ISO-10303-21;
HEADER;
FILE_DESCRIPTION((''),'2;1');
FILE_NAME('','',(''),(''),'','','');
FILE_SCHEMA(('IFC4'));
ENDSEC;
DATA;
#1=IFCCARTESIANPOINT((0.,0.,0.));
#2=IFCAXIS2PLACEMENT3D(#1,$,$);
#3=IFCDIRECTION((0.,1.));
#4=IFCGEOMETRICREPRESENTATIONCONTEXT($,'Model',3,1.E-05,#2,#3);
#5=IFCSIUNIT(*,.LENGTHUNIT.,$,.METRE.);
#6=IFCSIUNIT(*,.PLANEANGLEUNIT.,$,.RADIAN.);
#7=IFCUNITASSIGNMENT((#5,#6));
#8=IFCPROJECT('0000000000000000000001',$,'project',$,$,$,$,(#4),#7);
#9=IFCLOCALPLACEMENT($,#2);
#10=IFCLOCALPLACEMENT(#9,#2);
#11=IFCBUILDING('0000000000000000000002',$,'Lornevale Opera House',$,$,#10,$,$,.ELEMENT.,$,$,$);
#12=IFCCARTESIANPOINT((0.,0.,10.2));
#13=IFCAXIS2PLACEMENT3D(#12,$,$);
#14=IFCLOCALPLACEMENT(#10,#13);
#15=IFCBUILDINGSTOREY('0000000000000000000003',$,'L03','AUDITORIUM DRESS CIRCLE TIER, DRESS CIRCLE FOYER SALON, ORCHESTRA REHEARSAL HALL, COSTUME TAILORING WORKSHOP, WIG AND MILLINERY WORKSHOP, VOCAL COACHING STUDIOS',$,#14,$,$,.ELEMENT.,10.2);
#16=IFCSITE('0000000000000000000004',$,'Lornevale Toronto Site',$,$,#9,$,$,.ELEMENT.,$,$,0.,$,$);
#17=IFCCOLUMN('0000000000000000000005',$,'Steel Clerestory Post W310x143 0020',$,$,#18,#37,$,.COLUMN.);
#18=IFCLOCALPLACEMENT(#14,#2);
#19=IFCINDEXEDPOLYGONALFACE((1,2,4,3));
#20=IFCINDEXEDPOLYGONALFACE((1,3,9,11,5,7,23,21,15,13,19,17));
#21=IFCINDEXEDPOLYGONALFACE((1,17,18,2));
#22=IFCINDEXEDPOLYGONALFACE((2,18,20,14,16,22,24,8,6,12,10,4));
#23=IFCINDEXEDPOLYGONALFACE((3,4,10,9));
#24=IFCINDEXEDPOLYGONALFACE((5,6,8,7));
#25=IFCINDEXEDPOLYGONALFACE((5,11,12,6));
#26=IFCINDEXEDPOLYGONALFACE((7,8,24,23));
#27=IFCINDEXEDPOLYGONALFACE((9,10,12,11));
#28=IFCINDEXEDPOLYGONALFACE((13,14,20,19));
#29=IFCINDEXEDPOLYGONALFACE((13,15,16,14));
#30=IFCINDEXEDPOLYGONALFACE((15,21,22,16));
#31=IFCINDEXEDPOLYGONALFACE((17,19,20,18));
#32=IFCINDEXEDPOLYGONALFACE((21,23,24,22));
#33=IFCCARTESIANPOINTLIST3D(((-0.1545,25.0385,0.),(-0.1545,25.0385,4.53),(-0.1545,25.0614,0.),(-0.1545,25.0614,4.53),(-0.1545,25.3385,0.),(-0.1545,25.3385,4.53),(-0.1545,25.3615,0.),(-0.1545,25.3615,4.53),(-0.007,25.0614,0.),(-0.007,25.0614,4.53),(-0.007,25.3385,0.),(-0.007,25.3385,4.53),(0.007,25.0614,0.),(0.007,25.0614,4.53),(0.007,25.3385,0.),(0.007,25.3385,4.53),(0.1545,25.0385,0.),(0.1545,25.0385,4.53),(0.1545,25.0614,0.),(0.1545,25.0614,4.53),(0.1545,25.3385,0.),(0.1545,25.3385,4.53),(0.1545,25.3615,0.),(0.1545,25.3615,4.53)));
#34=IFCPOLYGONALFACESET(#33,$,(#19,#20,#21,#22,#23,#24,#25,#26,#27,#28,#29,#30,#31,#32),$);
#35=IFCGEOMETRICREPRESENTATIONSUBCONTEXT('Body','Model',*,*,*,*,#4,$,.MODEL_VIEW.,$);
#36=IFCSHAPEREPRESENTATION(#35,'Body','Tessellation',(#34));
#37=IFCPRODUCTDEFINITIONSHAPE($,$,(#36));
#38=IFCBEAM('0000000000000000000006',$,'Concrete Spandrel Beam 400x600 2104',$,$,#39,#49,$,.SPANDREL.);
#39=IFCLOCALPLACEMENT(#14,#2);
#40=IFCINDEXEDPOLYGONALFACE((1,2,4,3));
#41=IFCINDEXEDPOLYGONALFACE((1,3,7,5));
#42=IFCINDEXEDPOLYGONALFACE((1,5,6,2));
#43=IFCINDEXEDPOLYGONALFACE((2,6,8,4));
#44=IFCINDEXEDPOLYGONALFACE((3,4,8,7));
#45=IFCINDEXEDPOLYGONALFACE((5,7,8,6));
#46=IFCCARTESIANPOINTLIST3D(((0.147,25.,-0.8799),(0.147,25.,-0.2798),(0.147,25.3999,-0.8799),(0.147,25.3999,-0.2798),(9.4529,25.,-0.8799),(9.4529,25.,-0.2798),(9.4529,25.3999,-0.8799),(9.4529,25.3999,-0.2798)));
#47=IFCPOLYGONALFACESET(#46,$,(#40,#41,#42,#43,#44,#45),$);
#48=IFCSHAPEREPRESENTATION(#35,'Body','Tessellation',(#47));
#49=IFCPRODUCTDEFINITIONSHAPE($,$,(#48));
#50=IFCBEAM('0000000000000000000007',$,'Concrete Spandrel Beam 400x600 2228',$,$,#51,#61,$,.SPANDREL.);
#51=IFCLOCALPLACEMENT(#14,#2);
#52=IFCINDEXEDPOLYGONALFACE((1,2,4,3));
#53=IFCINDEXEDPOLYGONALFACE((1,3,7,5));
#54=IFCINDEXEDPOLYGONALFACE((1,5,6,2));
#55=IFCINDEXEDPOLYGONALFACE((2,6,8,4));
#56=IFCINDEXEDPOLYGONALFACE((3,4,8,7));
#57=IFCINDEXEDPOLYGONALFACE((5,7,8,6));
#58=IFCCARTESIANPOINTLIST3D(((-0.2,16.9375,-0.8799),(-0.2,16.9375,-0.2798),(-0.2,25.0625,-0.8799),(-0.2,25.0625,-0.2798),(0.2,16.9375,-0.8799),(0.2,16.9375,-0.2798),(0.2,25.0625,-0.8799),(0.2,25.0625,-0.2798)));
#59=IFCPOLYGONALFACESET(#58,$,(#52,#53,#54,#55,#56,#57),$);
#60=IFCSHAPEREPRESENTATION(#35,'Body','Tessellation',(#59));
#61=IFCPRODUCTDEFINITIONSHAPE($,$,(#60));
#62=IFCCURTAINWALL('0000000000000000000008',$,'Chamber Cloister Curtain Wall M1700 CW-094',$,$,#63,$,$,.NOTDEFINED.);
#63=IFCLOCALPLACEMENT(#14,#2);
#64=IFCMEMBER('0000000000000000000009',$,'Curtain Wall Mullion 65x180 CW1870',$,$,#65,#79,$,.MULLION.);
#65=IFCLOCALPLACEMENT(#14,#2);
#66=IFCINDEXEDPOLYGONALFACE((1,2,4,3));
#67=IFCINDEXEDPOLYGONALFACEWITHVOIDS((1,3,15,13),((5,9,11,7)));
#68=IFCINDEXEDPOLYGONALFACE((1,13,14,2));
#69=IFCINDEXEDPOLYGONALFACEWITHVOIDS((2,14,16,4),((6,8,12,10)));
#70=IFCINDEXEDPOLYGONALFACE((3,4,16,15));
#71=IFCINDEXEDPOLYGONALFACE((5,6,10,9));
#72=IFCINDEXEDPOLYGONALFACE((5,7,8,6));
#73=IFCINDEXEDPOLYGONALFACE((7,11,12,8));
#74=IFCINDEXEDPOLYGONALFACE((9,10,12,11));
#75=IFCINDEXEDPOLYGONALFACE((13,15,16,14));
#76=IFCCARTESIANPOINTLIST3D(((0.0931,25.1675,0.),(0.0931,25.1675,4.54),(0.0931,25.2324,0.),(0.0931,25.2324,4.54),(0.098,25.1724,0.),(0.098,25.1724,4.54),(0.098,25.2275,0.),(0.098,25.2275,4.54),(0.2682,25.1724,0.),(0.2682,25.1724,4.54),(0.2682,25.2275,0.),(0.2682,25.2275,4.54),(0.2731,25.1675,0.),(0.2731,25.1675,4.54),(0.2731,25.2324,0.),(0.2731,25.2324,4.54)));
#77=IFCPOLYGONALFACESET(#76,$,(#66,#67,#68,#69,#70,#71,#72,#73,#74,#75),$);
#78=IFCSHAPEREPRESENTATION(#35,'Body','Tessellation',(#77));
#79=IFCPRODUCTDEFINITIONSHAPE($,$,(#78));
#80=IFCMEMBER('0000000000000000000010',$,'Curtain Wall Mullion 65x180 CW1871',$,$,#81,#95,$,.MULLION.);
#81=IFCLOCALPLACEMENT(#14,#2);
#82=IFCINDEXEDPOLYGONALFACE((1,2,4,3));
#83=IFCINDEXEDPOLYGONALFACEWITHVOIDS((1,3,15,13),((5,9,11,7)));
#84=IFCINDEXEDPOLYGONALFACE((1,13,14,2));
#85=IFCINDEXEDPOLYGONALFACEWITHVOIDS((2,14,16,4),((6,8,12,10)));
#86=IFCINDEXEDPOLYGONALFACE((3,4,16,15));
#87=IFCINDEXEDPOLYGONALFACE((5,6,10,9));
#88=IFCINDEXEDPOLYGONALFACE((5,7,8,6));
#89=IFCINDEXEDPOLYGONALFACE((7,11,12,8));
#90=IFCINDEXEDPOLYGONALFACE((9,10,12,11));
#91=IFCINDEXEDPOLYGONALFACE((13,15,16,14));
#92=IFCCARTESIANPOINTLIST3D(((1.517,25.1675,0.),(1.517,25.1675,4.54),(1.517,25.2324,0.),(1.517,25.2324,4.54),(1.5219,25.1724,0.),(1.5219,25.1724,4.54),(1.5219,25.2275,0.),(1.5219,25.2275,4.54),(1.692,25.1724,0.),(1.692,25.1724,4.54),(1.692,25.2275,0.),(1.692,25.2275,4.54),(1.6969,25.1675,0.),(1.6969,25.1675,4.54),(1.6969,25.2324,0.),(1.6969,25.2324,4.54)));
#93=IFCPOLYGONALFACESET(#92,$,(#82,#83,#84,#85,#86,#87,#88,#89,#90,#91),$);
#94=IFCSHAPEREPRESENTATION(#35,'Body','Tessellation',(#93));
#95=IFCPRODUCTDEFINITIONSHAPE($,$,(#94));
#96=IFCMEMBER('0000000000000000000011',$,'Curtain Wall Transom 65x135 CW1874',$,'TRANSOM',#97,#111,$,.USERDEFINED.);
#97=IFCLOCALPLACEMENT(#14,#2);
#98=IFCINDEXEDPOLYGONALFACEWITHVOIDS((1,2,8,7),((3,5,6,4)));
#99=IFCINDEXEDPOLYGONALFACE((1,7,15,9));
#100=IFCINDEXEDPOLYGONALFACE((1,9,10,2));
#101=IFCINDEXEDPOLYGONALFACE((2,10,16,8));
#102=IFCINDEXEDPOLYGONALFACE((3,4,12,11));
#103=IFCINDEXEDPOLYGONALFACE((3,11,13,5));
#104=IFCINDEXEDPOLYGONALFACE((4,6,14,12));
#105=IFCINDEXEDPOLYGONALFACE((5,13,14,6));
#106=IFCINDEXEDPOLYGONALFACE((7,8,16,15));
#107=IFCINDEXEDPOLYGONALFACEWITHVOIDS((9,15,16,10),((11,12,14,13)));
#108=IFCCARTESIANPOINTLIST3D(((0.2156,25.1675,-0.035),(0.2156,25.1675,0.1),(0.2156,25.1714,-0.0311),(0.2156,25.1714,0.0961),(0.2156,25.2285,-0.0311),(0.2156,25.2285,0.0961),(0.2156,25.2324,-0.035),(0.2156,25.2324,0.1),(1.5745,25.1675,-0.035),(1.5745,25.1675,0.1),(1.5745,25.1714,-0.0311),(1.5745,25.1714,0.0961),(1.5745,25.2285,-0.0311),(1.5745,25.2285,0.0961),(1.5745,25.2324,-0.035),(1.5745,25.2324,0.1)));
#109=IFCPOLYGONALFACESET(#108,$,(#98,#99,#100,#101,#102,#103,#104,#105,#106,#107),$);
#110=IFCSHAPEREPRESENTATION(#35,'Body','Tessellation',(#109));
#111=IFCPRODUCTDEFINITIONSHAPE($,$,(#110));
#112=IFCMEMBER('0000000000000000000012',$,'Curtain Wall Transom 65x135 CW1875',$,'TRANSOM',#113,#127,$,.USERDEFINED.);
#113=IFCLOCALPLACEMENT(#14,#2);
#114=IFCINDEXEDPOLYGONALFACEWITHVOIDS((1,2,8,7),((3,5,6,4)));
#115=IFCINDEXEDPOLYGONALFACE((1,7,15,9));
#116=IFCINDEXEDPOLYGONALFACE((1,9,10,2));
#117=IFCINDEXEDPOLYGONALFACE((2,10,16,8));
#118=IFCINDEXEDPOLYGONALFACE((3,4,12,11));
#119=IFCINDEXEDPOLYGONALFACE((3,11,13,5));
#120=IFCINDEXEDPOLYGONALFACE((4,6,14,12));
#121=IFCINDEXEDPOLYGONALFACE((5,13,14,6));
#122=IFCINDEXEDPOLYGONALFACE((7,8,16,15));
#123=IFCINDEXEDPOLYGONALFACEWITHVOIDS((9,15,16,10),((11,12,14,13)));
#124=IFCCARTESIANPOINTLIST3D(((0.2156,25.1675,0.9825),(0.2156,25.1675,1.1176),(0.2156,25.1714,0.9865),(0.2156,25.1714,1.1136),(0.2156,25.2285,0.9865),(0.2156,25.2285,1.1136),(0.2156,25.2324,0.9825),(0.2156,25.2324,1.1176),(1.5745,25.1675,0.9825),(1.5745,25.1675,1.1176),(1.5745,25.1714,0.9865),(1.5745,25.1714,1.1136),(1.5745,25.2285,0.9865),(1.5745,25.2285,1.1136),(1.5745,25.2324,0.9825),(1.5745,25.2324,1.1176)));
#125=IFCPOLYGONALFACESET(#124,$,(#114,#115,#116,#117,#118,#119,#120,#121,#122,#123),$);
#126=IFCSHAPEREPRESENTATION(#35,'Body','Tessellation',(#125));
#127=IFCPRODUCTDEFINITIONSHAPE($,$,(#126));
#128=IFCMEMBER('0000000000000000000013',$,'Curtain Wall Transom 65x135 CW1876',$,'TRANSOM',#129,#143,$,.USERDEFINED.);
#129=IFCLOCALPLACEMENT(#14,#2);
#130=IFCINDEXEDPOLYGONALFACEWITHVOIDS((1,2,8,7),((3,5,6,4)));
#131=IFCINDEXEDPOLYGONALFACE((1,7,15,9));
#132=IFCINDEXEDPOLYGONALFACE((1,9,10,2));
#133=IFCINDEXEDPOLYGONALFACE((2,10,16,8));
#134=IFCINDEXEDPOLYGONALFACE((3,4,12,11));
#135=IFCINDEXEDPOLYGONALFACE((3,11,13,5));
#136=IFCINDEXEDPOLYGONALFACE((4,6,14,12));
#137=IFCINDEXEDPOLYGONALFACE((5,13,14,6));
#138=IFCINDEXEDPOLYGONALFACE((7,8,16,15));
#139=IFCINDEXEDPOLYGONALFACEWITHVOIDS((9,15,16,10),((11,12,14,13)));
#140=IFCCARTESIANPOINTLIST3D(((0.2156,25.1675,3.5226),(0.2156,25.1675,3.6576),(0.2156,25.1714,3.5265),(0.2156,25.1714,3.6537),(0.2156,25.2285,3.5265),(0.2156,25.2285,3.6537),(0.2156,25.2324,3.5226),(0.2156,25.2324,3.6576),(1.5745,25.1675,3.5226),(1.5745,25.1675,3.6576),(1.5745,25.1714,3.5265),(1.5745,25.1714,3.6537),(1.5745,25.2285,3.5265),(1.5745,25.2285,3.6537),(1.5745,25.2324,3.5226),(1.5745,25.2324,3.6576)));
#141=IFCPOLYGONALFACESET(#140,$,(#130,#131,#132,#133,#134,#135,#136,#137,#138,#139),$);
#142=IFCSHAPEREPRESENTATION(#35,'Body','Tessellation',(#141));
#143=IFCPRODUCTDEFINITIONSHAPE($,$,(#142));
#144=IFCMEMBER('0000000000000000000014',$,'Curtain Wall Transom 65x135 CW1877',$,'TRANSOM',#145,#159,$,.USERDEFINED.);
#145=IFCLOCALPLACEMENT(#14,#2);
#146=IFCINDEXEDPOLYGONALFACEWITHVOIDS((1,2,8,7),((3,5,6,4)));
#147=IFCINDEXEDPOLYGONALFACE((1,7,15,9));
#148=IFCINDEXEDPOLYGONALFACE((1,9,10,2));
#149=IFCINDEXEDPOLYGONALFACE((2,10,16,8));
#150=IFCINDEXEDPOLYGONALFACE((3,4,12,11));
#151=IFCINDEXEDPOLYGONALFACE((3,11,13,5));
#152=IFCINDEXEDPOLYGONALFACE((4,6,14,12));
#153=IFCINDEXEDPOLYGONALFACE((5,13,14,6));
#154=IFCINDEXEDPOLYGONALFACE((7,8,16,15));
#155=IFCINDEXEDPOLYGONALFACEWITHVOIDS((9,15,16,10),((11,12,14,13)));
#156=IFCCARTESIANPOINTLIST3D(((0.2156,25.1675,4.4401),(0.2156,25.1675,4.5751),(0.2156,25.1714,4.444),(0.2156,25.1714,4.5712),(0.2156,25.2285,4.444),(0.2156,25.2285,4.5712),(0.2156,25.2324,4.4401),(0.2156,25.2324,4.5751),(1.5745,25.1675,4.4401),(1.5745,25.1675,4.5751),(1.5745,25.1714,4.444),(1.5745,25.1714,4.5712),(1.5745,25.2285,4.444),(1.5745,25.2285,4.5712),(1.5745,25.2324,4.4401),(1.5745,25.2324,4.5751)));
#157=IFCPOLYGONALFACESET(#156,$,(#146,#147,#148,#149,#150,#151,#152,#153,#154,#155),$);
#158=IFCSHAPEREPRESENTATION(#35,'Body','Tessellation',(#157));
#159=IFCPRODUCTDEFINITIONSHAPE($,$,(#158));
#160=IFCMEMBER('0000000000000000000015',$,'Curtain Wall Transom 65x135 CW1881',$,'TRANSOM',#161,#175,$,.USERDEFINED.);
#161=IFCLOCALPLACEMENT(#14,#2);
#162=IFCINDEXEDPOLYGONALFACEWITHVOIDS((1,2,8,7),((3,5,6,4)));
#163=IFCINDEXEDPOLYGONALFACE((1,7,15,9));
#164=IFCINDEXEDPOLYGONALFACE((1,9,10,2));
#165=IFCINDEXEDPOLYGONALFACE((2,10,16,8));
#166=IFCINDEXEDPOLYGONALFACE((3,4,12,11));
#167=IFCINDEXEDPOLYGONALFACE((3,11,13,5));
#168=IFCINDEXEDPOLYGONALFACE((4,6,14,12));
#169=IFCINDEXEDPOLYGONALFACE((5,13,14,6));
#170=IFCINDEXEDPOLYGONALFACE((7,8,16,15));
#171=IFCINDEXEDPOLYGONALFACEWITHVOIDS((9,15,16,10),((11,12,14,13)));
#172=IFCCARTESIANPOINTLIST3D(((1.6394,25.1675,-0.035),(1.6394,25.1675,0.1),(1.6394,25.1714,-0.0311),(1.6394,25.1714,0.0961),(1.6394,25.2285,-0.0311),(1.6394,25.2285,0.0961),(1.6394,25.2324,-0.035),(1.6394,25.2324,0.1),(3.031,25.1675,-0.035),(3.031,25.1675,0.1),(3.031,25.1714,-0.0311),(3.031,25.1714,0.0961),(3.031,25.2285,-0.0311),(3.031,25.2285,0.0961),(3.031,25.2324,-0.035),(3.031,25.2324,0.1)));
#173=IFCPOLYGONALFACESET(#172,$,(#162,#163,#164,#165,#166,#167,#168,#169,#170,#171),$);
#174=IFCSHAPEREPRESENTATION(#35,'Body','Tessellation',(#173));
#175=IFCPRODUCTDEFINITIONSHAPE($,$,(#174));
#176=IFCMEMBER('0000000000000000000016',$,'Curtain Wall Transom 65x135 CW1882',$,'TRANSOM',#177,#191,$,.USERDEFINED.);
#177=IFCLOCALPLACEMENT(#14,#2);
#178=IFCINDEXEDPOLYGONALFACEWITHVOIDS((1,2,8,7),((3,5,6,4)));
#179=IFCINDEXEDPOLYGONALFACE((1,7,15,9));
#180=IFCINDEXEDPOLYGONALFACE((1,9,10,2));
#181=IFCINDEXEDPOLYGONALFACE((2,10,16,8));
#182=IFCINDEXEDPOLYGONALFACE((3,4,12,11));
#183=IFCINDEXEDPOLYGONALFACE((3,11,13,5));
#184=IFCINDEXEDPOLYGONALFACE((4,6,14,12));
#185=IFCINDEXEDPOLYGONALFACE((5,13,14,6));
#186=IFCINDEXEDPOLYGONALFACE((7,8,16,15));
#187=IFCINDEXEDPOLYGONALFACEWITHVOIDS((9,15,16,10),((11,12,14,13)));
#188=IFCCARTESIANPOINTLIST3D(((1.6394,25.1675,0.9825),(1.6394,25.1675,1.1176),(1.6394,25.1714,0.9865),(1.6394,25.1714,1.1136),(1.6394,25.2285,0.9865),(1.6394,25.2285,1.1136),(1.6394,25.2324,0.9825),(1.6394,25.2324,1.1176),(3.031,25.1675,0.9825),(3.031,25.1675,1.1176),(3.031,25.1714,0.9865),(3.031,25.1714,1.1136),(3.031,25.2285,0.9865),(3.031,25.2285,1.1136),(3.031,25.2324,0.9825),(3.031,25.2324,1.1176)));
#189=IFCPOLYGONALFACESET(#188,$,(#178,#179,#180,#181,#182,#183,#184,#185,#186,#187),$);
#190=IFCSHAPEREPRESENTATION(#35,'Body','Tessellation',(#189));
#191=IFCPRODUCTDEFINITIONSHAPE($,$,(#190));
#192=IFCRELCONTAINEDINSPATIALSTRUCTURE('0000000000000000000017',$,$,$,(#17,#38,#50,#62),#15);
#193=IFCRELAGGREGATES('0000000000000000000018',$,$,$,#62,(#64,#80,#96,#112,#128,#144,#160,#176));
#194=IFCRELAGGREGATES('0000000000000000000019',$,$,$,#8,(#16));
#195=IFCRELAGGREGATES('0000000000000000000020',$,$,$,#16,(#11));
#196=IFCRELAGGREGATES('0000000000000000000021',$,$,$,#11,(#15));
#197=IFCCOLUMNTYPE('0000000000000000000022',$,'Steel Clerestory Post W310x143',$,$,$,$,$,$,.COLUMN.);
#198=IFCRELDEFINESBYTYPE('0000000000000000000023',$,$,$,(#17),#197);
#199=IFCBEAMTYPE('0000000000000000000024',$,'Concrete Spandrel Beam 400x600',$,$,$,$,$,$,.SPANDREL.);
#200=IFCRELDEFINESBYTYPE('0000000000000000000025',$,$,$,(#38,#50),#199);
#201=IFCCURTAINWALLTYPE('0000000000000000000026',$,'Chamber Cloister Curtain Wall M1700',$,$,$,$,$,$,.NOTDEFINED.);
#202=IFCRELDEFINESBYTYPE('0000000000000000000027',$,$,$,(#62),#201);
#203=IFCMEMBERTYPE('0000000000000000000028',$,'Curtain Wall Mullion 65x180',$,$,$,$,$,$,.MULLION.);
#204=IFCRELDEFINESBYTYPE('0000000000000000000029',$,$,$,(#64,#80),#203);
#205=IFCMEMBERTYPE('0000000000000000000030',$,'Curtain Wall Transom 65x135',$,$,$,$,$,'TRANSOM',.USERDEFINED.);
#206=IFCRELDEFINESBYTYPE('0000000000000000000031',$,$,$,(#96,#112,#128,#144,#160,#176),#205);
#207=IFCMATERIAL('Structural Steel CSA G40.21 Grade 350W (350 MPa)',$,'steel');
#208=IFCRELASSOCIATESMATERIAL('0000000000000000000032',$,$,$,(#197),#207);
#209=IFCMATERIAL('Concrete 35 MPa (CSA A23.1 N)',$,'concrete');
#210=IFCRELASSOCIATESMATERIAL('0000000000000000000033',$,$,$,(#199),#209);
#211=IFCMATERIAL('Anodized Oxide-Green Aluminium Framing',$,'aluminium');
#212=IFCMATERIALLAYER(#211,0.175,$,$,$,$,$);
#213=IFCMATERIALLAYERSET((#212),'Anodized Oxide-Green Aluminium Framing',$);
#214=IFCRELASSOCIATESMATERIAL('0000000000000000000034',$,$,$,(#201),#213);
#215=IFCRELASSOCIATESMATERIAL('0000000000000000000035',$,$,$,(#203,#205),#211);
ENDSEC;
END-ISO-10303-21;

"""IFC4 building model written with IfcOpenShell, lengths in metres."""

from ifc_helpers import new_model, si_unit, direction, frame, origin, origin_2d, place, context, subcontext, project, spatial, rectangle, hollow_rectangle, i_section, extrude, material, layer, layer_set, material_profile, profile_set, type_object, element, aggregate, save


model = new_model("IFC4")

# Units and contexts
model_context = context("Model", 3, precision=1e-05, world=origin(), true_north=direction((0.0, 1.0)))
body_context = subcontext(model_context, "Body", "Model", "MODEL_VIEW")
ifc_project = project(units=[si_unit("LENGTHUNIT", "METRE"), si_unit("PLANEANGLEUNIT", "RADIAN")], contexts=[model_context])

# Site, building, storey
site_placement = place(None, origin())
site = spatial("IfcSite", under=ifc_project, at=site_placement, Name="Lornevale Toronto Site", CompositionType="ELEMENT", RefElevation=0.0)
building_placement = place(site_placement, origin())
building = spatial("IfcBuilding", under=site, at=building_placement, Name="Lornevale Opera House", CompositionType="ELEMENT")
storey_placement = place(building_placement, frame((0.0, 0.0, 10.2)))
storey = spatial("IfcBuildingStorey", under=building, at=storey_placement, Name="L03", Description="AUDITORIUM DRESS CIRCLE TIER, DRESS CIRCLE FOYER SALON, ORCHESTRA REHEARSAL HALL, COSTUME TAILORING WORKSHOP, WIG AND MILLINERY WORKSHOP, VOCAL COACHING STUDIOS", CompositionType="ELEMENT", Elevation=10.2)

# Column
ifc_material_1 = material(Name="Structural Steel CSA G40.21 Grade 350W (350 MPa)", Category="steel")
ifc_material_profile_1 = material_profile(ifc_material_1, i_section(OverallWidth=0.3091, OverallDepth=0.323, WebThickness=0.0139, FlangeThickness=0.0229, at=origin_2d()), Name="W310x143")
ifc_profile_set_1 = profile_set([ifc_material_profile_1], Name="Structural Steel CSA G40.21 Grade 350W (350 MPa)")
column_type = type_object("IfcColumnType", Name="Steel Clerestory Post W310x143", PredefinedType="COLUMN", material=ifc_profile_set_1)
column_placement = place(storey_placement, frame((0.0, 25.2, 0.0), z_axis=(0.0, 0.0, 1.0), x_axis=(1.0, 0.0, 0.0)))
element("IfcColumn", 1, at=column_placement, inside=storey, type_object=column_type, Name="Steel Clerestory Post W310x143 0020", PredefinedType="COLUMN", context=body_context, shape_type="SweptSolid", body=[
    extrude(i_section(OverallWidth=0.3091, OverallDepth=0.323, WebThickness=0.0139, FlangeThickness=0.0229, at=origin_2d()), origin(), (0.0, 0.0, 1.0), 4.53),
])

# Beams
ifc_material_2 = material(Name="Concrete 35 MPa (CSA A23.1 N)", Category="concrete")
ifc_material_profile_2 = material_profile(ifc_material_2, rectangle(XDim=0.3999, YDim=0.6001, at=origin_2d()), Name="RC400x600")
ifc_profile_set_2 = profile_set([ifc_material_profile_2], Name="Concrete 35 MPa (CSA A23.1 N)")
beam_type_1 = type_object("IfcBeamType", Name="Concrete Spandrel Beam 400x600", PredefinedType="SPANDREL", material=ifc_profile_set_2)
beam_1_placement = place(storey_placement, frame((0.147, 25.2, -0.5798), z_axis=(1.0, 0.0, 0.0), x_axis=(0.0, 1.0, 0.0)))
element("IfcBeam", 2, at=beam_1_placement, inside=storey, type_object=beam_type_1, Name="Concrete Spandrel Beam 400x600 2104", PredefinedType="SPANDREL", context=body_context, shape_type="SweptSolid", body=[
    extrude(rectangle(XDim=0.3999, YDim=0.6001, at=origin_2d()), origin(), (0.0, 0.0, 1.0), 9.3059),
])
beam_2_placement = place(storey_placement, frame((0.0, 16.9375, -0.5798), z_axis=(0.0, 1.0, 0.0), x_axis=(-1.0, 0.0, 0.0)))
element("IfcBeam", 3, at=beam_2_placement, inside=storey, type_object=beam_type_1, Name="Concrete Spandrel Beam 400x600 2228", PredefinedType="SPANDREL", context=body_context, shape_type="SweptSolid", body=[
    extrude(rectangle(XDim=0.3999, YDim=0.6001, at=origin_2d()), origin(), (0.0, 0.0, 1.0), 8.125),
])

# Curtain wall, members
ifc_material_3 = material(Name="Anodized Oxide-Green Aluminium Framing", Category="aluminium")
ifc_layer_1 = layer(ifc_material_3, 0.175)
ifc_layer_set_1 = layer_set([ifc_layer_1], Name="Anodized Oxide-Green Aluminium Framing")
curtain_wall_type = type_object("IfcCurtainWallType", Name="Chamber Cloister Curtain Wall M1700", PredefinedType="NOTDEFINED", material=ifc_layer_set_1)
curtain_wall_placement = place(storey_placement, origin())
curtain_wall = element("IfcCurtainWall", 4, at=curtain_wall_placement, inside=storey, type_object=curtain_wall_type, Name="Chamber Cloister Curtain Wall M1700 CW-094", PredefinedType="NOTDEFINED")
ifc_material_profile_3 = material_profile(ifc_material_3, hollow_rectangle(XDim=0.0649, YDim=0.1799, WallThickness=0.0049, at=origin_2d()), Name="ALU65x180x5")
ifc_profile_set_3 = profile_set([ifc_material_profile_3], Name="Anodized Oxide-Green Aluminium Framing")
member_type_1 = type_object("IfcMemberType", Name="Curtain Wall Mullion 65x180", PredefinedType="MULLION", material=ifc_profile_set_3)
member_1_placement = place(storey_placement, frame((0.1831, 25.2, 0.0), z_axis=(0.0, 0.0, 1.0), x_axis=(0.0, 1.0, 0.0)))
member_1 = element("IfcMember", 5, at=member_1_placement, type_object=member_type_1, Name="Curtain Wall Mullion 65x180 CW1870", PredefinedType="MULLION", context=body_context, shape_type="SweptSolid", body=[
    extrude(hollow_rectangle(XDim=0.0649, YDim=0.1799, WallThickness=0.0049, at=origin_2d()), origin(), (0.0, 0.0, 1.0), 4.54),
])
member_2_placement = place(storey_placement, frame((1.6069, 25.2, 0.0), z_axis=(0.0, 0.0, 1.0), x_axis=(0.0, 1.0, 0.0)))
member_2 = element("IfcMember", 6, at=member_2_placement, type_object=member_type_1, Name="Curtain Wall Mullion 65x180 CW1871", PredefinedType="MULLION", context=body_context, shape_type="SweptSolid", body=[
    extrude(hollow_rectangle(XDim=0.0649, YDim=0.1799, WallThickness=0.0049, at=origin_2d()), origin(), (0.0, 0.0, 1.0), 4.54),
])
ifc_material_profile_4 = material_profile(ifc_material_3, hollow_rectangle(XDim=0.0649, YDim=0.135, WallThickness=0.0039, at=origin_2d()), Name="ALU65x135x4")
ifc_profile_set_4 = profile_set([ifc_material_profile_4], Name="Anodized Oxide-Green Aluminium Framing")
member_type_2 = type_object("IfcMemberType", Name="Curtain Wall Transom 65x135", ElementType="TRANSOM", PredefinedType="USERDEFINED", material=ifc_profile_set_4)
member_3_placement = place(storey_placement, frame((0.2156, 25.2, 0.0325), z_axis=(1.0, 0.0, 0.0), x_axis=(0.0, 1.0, 0.0)))
member_3 = element("IfcMember", 7, at=member_3_placement, type_object=member_type_2, Name="Curtain Wall Transom 65x135 CW1874", ObjectType="TRANSOM", PredefinedType="USERDEFINED", context=body_context, shape_type="SweptSolid", body=[
    extrude(hollow_rectangle(XDim=0.0649, YDim=0.135, WallThickness=0.0039, at=origin_2d()), origin(), (0.0, 0.0, 1.0), 1.3589),
])
member_4_placement = place(storey_placement, frame((0.2156, 25.2, 1.05), z_axis=(1.0, 0.0, 0.0), x_axis=(0.0, 1.0, 0.0)))
member_4 = element("IfcMember", 8, at=member_4_placement, type_object=member_type_2, Name="Curtain Wall Transom 65x135 CW1875", ObjectType="TRANSOM", PredefinedType="USERDEFINED", context=body_context, shape_type="SweptSolid", body=[
    extrude(hollow_rectangle(XDim=0.0649, YDim=0.135, WallThickness=0.0039, at=origin_2d()), origin(), (0.0, 0.0, 1.0), 1.3589),
])
member_5_placement = place(storey_placement, frame((0.2156, 25.2, 3.5901), z_axis=(1.0, 0.0, 0.0), x_axis=(0.0, 1.0, 0.0)))
member_5 = element("IfcMember", 9, at=member_5_placement, type_object=member_type_2, Name="Curtain Wall Transom 65x135 CW1876", ObjectType="TRANSOM", PredefinedType="USERDEFINED", context=body_context, shape_type="SweptSolid", body=[
    extrude(hollow_rectangle(XDim=0.0649, YDim=0.135, WallThickness=0.0039, at=origin_2d()), origin(), (0.0, 0.0, 1.0), 1.3589),
])
member_6_placement = place(storey_placement, frame((0.2156, 25.2, 4.5076), z_axis=(1.0, 0.0, 0.0), x_axis=(0.0, 1.0, 0.0)))
member_6 = element("IfcMember", 10, at=member_6_placement, type_object=member_type_2, Name="Curtain Wall Transom 65x135 CW1877", ObjectType="TRANSOM", PredefinedType="USERDEFINED", context=body_context, shape_type="SweptSolid", body=[
    extrude(hollow_rectangle(XDim=0.0649, YDim=0.135, WallThickness=0.0039, at=origin_2d()), origin(), (0.0, 0.0, 1.0), 1.3589),
])
member_7_placement = place(storey_placement, frame((1.6394, 25.2, 0.0325), z_axis=(1.0, 0.0, 0.0), x_axis=(0.0, 1.0, 0.0)))
member_7 = element("IfcMember", 11, at=member_7_placement, type_object=member_type_2, Name="Curtain Wall Transom 65x135 CW1881", ObjectType="TRANSOM", PredefinedType="USERDEFINED", context=body_context, shape_type="SweptSolid", body=[
    extrude(hollow_rectangle(XDim=0.0649, YDim=0.135, WallThickness=0.0039, at=origin_2d()), origin(), (0.0, 0.0, 1.0), 1.3916),
])
member_8_placement = place(storey_placement, frame((1.6394, 25.2, 1.05), z_axis=(1.0, 0.0, 0.0), x_axis=(0.0, 1.0, 0.0)))
member_8 = element("IfcMember", 12, at=member_8_placement, type_object=member_type_2, Name="Curtain Wall Transom 65x135 CW1882", ObjectType="TRANSOM", PredefinedType="USERDEFINED", context=body_context, shape_type="SweptSolid", body=[
    extrude(hollow_rectangle(XDim=0.0649, YDim=0.135, WallThickness=0.0039, at=origin_2d()), origin(), (0.0, 0.0, 1.0), 1.3916),
])

aggregate(curtain_wall, [member_1, member_2, member_3, member_4, member_5, member_6, member_7, member_8])

save(model, "model.ifc")
